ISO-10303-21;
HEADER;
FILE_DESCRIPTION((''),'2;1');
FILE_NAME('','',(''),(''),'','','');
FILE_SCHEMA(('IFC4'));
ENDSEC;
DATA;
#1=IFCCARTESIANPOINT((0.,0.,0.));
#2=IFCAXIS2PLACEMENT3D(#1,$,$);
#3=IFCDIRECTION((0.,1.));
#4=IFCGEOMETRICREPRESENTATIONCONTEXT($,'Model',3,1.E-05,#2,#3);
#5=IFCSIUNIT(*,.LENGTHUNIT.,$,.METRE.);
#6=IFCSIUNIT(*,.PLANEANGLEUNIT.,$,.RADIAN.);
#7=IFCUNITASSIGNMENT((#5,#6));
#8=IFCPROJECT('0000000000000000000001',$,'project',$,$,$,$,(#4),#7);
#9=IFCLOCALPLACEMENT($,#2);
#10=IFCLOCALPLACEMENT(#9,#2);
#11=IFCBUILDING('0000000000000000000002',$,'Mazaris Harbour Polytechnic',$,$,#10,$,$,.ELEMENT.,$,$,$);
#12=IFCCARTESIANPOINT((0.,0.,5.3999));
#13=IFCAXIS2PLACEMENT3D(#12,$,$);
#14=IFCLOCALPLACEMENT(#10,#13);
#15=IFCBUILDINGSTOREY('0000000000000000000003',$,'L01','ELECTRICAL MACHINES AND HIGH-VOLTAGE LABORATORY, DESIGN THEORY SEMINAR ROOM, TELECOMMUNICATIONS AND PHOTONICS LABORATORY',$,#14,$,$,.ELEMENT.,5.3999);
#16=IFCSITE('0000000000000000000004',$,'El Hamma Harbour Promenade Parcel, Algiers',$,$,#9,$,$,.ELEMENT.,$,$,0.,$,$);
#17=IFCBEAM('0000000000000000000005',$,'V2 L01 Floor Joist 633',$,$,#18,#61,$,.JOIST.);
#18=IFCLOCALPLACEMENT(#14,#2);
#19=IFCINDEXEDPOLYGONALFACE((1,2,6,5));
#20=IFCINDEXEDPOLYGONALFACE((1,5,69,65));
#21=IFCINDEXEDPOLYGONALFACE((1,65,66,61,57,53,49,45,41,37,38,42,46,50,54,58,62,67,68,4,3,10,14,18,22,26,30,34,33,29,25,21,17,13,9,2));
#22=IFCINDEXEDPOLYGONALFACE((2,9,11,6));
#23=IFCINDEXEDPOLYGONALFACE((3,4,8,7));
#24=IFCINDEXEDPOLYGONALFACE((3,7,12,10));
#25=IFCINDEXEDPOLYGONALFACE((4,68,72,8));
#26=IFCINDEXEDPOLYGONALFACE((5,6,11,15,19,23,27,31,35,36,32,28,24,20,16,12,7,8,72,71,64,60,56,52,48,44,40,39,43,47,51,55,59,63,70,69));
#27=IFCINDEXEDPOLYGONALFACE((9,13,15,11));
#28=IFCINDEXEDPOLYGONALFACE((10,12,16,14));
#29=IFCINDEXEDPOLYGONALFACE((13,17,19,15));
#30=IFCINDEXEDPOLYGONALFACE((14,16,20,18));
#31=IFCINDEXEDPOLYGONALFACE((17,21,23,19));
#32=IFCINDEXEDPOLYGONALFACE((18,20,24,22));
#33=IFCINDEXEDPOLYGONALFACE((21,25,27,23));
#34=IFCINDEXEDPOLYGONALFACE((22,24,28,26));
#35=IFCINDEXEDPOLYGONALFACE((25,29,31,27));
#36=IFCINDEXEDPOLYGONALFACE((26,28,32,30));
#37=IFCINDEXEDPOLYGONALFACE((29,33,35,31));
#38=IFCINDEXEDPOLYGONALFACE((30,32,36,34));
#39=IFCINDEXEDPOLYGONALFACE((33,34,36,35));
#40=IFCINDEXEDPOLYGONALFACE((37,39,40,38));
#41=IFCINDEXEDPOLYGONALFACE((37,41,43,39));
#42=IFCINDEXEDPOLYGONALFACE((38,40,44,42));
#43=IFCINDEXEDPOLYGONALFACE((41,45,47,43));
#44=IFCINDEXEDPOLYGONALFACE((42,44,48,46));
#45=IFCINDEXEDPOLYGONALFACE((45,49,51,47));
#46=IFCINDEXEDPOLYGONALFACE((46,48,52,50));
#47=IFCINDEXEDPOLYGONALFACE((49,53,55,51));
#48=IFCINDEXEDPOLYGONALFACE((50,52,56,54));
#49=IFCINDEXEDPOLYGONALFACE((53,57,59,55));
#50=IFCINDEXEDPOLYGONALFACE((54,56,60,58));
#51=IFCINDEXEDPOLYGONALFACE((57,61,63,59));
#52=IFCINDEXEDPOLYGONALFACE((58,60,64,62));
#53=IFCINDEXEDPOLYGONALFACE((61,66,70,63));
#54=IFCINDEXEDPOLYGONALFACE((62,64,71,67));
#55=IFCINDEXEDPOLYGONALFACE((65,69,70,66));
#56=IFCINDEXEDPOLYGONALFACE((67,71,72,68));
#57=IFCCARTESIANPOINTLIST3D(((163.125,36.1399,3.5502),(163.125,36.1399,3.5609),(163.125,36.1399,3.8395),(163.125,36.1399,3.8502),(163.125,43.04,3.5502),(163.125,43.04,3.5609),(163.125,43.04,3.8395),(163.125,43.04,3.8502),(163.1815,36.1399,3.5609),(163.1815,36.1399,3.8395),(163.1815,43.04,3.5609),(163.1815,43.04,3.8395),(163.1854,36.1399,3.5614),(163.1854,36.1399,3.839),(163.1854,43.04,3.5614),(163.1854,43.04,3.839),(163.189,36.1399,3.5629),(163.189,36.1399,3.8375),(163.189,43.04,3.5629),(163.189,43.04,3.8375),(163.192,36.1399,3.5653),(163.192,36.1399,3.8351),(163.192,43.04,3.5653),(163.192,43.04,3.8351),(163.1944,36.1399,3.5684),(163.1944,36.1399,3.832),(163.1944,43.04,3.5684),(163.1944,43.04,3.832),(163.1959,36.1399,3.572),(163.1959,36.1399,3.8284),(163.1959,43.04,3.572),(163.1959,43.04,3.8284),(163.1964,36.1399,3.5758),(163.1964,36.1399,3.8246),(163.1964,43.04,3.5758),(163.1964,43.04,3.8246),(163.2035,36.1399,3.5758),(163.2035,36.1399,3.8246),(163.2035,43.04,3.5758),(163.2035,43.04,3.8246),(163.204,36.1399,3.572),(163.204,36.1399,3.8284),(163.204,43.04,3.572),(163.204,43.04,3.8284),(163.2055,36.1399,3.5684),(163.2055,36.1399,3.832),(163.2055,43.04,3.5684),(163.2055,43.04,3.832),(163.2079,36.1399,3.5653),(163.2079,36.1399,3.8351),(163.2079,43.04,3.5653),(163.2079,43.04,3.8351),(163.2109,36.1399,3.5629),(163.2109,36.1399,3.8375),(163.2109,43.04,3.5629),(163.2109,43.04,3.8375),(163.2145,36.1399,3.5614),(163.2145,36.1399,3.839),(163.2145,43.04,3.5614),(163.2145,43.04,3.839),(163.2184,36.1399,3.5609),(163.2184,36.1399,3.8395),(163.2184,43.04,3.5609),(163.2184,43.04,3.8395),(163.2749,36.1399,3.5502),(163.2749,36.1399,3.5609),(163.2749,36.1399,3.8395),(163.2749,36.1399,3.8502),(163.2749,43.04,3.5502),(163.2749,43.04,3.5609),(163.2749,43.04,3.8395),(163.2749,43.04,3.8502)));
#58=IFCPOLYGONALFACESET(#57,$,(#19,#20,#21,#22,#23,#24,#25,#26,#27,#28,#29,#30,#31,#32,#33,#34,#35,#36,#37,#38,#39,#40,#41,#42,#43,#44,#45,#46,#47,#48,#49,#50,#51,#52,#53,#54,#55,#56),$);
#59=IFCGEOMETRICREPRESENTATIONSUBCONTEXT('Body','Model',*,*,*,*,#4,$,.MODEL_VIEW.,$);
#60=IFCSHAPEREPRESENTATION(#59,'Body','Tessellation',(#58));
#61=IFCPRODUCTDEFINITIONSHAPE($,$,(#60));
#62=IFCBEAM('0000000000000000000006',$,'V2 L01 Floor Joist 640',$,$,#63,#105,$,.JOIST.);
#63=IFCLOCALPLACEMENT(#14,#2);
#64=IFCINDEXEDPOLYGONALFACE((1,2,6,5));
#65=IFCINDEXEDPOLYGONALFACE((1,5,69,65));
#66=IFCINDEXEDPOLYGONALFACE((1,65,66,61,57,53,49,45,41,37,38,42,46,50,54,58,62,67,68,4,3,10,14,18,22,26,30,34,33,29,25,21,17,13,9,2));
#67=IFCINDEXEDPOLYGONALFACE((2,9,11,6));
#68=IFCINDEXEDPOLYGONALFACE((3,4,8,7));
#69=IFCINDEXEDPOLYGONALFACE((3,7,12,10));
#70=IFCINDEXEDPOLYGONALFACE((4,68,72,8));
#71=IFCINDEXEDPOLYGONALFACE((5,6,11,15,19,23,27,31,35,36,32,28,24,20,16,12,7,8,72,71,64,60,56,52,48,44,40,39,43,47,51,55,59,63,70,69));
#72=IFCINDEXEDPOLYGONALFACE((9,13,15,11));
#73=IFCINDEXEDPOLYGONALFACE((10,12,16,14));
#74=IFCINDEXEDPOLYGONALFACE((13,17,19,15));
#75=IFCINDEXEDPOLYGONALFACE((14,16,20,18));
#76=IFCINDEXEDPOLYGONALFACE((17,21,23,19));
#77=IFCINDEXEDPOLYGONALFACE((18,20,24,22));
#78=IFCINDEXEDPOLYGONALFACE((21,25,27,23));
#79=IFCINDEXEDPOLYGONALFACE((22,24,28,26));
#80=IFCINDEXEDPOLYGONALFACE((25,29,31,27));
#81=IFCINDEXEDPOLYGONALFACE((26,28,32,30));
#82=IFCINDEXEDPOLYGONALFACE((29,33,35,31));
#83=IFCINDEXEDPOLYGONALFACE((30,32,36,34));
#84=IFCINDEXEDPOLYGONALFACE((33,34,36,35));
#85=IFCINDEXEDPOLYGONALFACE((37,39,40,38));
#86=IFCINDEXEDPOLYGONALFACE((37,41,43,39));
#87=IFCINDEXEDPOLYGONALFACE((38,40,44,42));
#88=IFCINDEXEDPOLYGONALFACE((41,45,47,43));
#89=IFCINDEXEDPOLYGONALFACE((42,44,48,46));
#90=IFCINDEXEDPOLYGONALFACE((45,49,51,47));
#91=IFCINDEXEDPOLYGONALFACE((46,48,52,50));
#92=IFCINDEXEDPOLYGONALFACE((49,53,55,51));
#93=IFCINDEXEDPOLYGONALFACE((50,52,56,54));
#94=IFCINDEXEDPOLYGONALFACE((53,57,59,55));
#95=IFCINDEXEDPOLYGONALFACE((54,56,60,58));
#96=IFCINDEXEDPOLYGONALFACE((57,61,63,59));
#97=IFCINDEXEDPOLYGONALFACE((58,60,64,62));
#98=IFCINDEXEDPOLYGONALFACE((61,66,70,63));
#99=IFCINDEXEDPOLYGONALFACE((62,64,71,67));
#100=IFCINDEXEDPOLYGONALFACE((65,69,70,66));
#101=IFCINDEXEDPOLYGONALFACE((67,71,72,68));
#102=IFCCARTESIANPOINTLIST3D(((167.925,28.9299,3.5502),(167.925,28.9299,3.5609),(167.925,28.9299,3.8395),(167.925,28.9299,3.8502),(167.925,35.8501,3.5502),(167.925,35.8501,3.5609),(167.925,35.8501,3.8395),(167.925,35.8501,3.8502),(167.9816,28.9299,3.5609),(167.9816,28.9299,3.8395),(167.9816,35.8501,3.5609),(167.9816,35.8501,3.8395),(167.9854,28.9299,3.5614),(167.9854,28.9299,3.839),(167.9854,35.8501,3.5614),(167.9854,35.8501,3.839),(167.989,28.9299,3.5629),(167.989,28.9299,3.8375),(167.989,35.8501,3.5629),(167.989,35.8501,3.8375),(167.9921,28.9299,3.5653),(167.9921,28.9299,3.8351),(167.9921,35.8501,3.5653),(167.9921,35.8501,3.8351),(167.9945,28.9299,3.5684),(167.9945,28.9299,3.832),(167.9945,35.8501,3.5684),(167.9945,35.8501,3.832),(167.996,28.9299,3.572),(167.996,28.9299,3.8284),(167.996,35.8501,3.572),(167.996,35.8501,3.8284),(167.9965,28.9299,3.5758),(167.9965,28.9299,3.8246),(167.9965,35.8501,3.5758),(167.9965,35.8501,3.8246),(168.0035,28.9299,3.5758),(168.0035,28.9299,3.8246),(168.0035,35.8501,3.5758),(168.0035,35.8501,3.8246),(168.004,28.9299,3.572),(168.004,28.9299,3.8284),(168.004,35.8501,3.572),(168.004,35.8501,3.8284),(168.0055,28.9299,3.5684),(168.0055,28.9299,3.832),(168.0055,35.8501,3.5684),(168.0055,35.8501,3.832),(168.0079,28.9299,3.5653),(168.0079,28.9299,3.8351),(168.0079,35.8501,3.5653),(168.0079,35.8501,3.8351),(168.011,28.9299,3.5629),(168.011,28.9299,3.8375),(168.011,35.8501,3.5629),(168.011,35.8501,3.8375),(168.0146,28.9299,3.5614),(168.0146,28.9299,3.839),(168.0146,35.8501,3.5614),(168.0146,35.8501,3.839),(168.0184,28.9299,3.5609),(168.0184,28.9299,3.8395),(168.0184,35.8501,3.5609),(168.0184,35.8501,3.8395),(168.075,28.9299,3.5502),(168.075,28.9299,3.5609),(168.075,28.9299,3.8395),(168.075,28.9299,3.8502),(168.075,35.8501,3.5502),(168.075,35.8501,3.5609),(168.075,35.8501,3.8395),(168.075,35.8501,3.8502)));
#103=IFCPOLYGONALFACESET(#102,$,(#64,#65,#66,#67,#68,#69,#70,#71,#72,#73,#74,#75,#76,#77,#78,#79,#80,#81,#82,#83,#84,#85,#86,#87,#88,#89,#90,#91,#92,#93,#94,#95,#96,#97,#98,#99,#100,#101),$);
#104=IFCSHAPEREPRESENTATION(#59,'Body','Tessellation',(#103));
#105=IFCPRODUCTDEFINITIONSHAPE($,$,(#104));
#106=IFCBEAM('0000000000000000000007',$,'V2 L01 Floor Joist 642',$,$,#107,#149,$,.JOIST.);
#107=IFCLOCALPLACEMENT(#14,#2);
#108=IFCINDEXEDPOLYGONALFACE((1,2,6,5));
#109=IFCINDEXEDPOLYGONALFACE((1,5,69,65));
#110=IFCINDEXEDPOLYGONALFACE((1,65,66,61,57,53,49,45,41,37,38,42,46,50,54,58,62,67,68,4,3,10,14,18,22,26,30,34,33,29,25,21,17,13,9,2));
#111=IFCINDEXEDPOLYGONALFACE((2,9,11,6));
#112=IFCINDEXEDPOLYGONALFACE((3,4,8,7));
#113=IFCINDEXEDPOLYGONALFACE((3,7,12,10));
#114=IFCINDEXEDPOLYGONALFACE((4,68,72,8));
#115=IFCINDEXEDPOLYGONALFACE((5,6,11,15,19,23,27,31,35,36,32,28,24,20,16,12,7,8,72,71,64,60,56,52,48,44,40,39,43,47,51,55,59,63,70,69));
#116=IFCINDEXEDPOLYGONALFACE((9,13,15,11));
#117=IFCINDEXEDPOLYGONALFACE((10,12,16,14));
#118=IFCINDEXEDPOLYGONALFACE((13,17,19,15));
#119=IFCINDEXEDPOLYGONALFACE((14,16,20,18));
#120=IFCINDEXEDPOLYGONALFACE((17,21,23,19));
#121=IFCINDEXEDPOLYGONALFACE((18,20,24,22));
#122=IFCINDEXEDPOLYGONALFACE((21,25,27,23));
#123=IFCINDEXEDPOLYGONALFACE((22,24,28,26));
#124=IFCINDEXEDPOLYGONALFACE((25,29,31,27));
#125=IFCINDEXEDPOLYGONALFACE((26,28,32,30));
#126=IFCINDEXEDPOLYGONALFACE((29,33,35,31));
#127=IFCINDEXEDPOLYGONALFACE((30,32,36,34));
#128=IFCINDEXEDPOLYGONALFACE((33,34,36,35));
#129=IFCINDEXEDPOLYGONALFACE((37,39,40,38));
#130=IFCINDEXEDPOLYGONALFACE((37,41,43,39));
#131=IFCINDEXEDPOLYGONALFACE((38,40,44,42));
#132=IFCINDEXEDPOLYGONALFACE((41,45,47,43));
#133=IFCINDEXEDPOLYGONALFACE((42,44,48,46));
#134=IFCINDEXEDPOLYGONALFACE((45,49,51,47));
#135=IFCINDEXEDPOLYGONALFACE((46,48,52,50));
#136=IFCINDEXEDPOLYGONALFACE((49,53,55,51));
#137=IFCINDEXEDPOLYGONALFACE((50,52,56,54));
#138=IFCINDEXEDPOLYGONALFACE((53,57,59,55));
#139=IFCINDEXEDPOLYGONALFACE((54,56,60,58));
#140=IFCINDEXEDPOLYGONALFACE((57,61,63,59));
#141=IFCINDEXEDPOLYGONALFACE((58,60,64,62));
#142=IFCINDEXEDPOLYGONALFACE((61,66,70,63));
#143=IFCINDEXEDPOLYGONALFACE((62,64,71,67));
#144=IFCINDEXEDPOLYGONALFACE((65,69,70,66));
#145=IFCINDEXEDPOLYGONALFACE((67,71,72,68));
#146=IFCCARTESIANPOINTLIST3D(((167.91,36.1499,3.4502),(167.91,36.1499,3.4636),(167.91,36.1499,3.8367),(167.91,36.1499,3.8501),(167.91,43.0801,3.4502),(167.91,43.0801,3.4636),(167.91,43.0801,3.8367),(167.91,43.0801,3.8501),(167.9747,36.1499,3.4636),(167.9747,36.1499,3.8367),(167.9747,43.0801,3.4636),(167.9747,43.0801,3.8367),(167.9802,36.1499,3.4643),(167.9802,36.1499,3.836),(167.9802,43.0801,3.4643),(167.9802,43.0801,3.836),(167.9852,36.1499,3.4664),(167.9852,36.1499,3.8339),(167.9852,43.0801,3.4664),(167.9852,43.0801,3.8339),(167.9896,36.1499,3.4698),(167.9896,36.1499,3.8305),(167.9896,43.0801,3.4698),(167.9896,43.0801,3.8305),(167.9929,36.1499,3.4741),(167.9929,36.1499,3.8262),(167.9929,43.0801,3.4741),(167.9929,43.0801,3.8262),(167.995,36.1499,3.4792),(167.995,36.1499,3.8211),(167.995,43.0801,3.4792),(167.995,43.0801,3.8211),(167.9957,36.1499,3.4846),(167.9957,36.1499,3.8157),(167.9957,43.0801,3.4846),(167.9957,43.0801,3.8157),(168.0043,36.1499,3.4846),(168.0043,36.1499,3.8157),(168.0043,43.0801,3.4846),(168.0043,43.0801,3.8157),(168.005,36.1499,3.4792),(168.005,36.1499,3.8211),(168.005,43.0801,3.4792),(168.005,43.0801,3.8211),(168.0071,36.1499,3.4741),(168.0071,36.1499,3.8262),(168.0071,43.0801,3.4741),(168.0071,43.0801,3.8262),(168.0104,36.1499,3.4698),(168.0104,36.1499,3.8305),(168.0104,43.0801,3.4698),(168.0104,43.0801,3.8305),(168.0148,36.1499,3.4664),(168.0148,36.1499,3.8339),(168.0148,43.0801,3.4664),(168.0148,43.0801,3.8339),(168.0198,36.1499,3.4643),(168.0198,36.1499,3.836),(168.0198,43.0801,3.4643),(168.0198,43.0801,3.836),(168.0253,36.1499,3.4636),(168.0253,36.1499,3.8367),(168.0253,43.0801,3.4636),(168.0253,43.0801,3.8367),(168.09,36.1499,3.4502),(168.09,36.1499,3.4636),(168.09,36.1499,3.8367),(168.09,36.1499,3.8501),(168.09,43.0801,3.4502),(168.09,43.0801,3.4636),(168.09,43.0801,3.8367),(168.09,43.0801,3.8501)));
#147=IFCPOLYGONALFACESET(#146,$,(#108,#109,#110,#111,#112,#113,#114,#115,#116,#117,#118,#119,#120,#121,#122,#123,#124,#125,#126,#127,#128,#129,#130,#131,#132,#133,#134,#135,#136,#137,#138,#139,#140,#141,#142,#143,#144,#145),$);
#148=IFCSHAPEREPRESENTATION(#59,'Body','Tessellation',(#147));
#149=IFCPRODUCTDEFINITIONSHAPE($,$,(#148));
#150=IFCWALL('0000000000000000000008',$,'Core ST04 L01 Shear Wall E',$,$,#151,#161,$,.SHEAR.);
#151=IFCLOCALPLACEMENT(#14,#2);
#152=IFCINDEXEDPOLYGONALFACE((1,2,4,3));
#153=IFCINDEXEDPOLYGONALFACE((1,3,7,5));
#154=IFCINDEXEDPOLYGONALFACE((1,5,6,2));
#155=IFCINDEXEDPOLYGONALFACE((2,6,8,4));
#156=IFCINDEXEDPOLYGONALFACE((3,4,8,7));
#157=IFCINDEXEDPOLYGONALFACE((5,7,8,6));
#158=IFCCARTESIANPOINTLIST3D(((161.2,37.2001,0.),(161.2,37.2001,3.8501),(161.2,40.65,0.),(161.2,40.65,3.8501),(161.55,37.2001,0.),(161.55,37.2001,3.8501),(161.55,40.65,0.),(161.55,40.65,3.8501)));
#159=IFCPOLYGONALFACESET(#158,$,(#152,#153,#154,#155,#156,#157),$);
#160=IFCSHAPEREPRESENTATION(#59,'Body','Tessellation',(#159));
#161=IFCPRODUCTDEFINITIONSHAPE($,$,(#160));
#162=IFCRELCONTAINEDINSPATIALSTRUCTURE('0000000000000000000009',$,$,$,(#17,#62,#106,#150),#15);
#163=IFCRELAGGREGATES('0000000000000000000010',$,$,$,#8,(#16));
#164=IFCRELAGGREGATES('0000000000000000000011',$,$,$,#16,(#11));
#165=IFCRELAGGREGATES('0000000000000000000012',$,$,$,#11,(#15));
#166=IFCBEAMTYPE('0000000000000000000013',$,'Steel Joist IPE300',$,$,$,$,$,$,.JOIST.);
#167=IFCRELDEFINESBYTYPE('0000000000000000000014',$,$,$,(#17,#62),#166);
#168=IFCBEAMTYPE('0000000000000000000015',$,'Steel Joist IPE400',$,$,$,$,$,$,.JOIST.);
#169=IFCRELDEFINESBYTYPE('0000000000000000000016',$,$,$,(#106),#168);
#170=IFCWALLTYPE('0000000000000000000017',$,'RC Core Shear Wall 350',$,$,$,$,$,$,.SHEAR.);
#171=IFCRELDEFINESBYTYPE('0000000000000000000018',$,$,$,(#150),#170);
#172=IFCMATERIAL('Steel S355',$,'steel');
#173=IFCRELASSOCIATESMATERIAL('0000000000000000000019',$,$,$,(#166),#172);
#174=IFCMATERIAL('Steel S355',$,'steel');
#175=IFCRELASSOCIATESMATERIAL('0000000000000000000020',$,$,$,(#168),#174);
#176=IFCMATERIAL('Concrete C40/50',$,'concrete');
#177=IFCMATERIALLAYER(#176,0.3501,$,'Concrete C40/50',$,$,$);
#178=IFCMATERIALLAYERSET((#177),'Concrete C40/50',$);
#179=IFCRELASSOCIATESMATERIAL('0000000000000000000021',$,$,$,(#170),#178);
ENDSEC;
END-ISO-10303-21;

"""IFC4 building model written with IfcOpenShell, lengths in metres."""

from ifc_helpers import new_model, si_unit, direction, frame, frame_2d, origin, origin_2d, place, context, subcontext, project, spatial, rectangle, i_section, extrude, material, layer, layer_set, material_profile, profile_set, type_object, element, save


model = new_model("IFC4")

# Units and contexts
model_context = context("Model", 3, precision=1e-05, world=origin(), true_north=direction((0.0, 1.0)))
body_context = subcontext(model_context, "Body", "Model", "MODEL_VIEW")
ifc_project = project(units=[si_unit("LENGTHUNIT", "METRE"), si_unit("PLANEANGLEUNIT", "RADIAN")], contexts=[model_context])

# Site, building, storey
site_placement = place(None, origin())
site = spatial("IfcSite", under=ifc_project, at=site_placement, Name="El Hamma Harbour Promenade Parcel, Algiers", CompositionType="ELEMENT", RefElevation=0.0)
building_placement = place(site_placement, origin())
building = spatial("IfcBuilding", under=site, at=building_placement, Name="Mazaris Harbour Polytechnic", CompositionType="ELEMENT")
storey_placement = place(building_placement, frame((0.0, 0.0, 5.3999)))
storey = spatial("IfcBuildingStorey", under=building, at=storey_placement, Name="L01", Description="ELECTRICAL MACHINES AND HIGH-VOLTAGE LABORATORY, DESIGN THEORY SEMINAR ROOM, TELECOMMUNICATIONS AND PHOTONICS LABORATORY", CompositionType="ELEMENT", Elevation=5.3999)

# Beams
ifc_material_1 = material(Name="Steel S355", Category="steel")
ifc_material_profile_1 = material_profile(ifc_material_1, i_section(OverallWidth=0.1499, OverallDepth=0.3, WebThickness=0.0071, FlangeThickness=0.0107, FilletRadius=0.0149, at=origin_2d()), Name="IPE 300")
ifc_profile_set_1 = profile_set([ifc_material_profile_1], Name="Steel S355")
beam_type_1 = type_object("IfcBeamType", Name="Steel Joist IPE300", PredefinedType="JOIST", material=ifc_profile_set_1)
beam_1_placement = place(storey_placement, frame((163.2, 36.1399, 3.7002), z_axis=(0.0, 1.0, 0.0), x_axis=(-1.0, 0.0, 0.0)))
element("IfcBeam", 1, at=beam_1_placement, inside=storey, type_object=beam_type_1, Name="V2 L01 Floor Joist 633", PredefinedType="JOIST", context=body_context, shape_type="SweptSolid", body=[
    extrude(i_section(OverallWidth=0.1499, OverallDepth=0.3, WebThickness=0.0071, FlangeThickness=0.0107, FilletRadius=0.0149, at=origin_2d()), origin(), (0.0, 0.0, 1.0), 6.9001),
])
beam_2_placement = place(storey_placement, frame((168.0, 28.9299, 3.7002), z_axis=(0.0, 1.0, 0.0), x_axis=(-1.0, 0.0, 0.0)))
element("IfcBeam", 2, at=beam_2_placement, inside=storey, type_object=beam_type_1, Name="V2 L01 Floor Joist 640", PredefinedType="JOIST", context=body_context, shape_type="SweptSolid", body=[
    extrude(i_section(OverallWidth=0.1499, OverallDepth=0.3, WebThickness=0.0071, FlangeThickness=0.0107, FilletRadius=0.0149, at=origin_2d()), origin(), (0.0, 0.0, 1.0), 6.9202),
])
ifc_material_2 = material(Name="Steel S355", Category="steel")
ifc_material_profile_2 = material_profile(ifc_material_2, i_section(OverallWidth=0.1799, OverallDepth=0.3999, WebThickness=0.0085, FlangeThickness=0.0134, FilletRadius=0.021, at=origin_2d()), Name="IPE 400")
ifc_profile_set_2 = profile_set([ifc_material_profile_2], Name="Steel S355")
beam_type_2 = type_object("IfcBeamType", Name="Steel Joist IPE400", PredefinedType="JOIST", material=ifc_profile_set_2)
beam_3_placement = place(storey_placement, frame((168.0, 36.1499, 3.6501), z_axis=(0.0, 1.0, 0.0), x_axis=(-1.0, 0.0, 0.0)))
element("IfcBeam", 3, at=beam_3_placement, inside=storey, type_object=beam_type_2, Name="V2 L01 Floor Joist 642", PredefinedType="JOIST", context=body_context, shape_type="SweptSolid", body=[
    extrude(i_section(OverallWidth=0.1799, OverallDepth=0.3999, WebThickness=0.0085, FlangeThickness=0.0134, FilletRadius=0.021, at=origin_2d()), origin(), (0.0, 0.0, 1.0), 6.9302),
])

# Wall
ifc_material_3 = material(Name="Concrete C40/50", Category="concrete")
ifc_layer = layer(ifc_material_3, 0.3501, Name="Concrete C40/50")
ifc_layer_set = layer_set([ifc_layer], Name="Concrete C40/50")
wall_type = type_object("IfcWallType", Name="RC Core Shear Wall 350", PredefinedType="SHEAR", material=ifc_layer_set)
wall_placement = place(storey_placement, frame((161.375, 37.2, 0.0), z_axis=(0.0, 0.0, 1.0), x_axis=(0.0, 1.0, 0.0)))
element("IfcWall", 4, at=wall_placement, inside=storey, type_object=wall_type, Name="Core ST04 L01 Shear Wall E", PredefinedType="SHEAR", context=body_context, shape_type="SweptSolid", body=[
    extrude(rectangle(XDim=3.45, YDim=0.3501, at=frame_2d((1.7251, 0.0))), origin(), (0.0, 0.0, 1.0), 3.8501),
])

save(model, "model.ifc")
